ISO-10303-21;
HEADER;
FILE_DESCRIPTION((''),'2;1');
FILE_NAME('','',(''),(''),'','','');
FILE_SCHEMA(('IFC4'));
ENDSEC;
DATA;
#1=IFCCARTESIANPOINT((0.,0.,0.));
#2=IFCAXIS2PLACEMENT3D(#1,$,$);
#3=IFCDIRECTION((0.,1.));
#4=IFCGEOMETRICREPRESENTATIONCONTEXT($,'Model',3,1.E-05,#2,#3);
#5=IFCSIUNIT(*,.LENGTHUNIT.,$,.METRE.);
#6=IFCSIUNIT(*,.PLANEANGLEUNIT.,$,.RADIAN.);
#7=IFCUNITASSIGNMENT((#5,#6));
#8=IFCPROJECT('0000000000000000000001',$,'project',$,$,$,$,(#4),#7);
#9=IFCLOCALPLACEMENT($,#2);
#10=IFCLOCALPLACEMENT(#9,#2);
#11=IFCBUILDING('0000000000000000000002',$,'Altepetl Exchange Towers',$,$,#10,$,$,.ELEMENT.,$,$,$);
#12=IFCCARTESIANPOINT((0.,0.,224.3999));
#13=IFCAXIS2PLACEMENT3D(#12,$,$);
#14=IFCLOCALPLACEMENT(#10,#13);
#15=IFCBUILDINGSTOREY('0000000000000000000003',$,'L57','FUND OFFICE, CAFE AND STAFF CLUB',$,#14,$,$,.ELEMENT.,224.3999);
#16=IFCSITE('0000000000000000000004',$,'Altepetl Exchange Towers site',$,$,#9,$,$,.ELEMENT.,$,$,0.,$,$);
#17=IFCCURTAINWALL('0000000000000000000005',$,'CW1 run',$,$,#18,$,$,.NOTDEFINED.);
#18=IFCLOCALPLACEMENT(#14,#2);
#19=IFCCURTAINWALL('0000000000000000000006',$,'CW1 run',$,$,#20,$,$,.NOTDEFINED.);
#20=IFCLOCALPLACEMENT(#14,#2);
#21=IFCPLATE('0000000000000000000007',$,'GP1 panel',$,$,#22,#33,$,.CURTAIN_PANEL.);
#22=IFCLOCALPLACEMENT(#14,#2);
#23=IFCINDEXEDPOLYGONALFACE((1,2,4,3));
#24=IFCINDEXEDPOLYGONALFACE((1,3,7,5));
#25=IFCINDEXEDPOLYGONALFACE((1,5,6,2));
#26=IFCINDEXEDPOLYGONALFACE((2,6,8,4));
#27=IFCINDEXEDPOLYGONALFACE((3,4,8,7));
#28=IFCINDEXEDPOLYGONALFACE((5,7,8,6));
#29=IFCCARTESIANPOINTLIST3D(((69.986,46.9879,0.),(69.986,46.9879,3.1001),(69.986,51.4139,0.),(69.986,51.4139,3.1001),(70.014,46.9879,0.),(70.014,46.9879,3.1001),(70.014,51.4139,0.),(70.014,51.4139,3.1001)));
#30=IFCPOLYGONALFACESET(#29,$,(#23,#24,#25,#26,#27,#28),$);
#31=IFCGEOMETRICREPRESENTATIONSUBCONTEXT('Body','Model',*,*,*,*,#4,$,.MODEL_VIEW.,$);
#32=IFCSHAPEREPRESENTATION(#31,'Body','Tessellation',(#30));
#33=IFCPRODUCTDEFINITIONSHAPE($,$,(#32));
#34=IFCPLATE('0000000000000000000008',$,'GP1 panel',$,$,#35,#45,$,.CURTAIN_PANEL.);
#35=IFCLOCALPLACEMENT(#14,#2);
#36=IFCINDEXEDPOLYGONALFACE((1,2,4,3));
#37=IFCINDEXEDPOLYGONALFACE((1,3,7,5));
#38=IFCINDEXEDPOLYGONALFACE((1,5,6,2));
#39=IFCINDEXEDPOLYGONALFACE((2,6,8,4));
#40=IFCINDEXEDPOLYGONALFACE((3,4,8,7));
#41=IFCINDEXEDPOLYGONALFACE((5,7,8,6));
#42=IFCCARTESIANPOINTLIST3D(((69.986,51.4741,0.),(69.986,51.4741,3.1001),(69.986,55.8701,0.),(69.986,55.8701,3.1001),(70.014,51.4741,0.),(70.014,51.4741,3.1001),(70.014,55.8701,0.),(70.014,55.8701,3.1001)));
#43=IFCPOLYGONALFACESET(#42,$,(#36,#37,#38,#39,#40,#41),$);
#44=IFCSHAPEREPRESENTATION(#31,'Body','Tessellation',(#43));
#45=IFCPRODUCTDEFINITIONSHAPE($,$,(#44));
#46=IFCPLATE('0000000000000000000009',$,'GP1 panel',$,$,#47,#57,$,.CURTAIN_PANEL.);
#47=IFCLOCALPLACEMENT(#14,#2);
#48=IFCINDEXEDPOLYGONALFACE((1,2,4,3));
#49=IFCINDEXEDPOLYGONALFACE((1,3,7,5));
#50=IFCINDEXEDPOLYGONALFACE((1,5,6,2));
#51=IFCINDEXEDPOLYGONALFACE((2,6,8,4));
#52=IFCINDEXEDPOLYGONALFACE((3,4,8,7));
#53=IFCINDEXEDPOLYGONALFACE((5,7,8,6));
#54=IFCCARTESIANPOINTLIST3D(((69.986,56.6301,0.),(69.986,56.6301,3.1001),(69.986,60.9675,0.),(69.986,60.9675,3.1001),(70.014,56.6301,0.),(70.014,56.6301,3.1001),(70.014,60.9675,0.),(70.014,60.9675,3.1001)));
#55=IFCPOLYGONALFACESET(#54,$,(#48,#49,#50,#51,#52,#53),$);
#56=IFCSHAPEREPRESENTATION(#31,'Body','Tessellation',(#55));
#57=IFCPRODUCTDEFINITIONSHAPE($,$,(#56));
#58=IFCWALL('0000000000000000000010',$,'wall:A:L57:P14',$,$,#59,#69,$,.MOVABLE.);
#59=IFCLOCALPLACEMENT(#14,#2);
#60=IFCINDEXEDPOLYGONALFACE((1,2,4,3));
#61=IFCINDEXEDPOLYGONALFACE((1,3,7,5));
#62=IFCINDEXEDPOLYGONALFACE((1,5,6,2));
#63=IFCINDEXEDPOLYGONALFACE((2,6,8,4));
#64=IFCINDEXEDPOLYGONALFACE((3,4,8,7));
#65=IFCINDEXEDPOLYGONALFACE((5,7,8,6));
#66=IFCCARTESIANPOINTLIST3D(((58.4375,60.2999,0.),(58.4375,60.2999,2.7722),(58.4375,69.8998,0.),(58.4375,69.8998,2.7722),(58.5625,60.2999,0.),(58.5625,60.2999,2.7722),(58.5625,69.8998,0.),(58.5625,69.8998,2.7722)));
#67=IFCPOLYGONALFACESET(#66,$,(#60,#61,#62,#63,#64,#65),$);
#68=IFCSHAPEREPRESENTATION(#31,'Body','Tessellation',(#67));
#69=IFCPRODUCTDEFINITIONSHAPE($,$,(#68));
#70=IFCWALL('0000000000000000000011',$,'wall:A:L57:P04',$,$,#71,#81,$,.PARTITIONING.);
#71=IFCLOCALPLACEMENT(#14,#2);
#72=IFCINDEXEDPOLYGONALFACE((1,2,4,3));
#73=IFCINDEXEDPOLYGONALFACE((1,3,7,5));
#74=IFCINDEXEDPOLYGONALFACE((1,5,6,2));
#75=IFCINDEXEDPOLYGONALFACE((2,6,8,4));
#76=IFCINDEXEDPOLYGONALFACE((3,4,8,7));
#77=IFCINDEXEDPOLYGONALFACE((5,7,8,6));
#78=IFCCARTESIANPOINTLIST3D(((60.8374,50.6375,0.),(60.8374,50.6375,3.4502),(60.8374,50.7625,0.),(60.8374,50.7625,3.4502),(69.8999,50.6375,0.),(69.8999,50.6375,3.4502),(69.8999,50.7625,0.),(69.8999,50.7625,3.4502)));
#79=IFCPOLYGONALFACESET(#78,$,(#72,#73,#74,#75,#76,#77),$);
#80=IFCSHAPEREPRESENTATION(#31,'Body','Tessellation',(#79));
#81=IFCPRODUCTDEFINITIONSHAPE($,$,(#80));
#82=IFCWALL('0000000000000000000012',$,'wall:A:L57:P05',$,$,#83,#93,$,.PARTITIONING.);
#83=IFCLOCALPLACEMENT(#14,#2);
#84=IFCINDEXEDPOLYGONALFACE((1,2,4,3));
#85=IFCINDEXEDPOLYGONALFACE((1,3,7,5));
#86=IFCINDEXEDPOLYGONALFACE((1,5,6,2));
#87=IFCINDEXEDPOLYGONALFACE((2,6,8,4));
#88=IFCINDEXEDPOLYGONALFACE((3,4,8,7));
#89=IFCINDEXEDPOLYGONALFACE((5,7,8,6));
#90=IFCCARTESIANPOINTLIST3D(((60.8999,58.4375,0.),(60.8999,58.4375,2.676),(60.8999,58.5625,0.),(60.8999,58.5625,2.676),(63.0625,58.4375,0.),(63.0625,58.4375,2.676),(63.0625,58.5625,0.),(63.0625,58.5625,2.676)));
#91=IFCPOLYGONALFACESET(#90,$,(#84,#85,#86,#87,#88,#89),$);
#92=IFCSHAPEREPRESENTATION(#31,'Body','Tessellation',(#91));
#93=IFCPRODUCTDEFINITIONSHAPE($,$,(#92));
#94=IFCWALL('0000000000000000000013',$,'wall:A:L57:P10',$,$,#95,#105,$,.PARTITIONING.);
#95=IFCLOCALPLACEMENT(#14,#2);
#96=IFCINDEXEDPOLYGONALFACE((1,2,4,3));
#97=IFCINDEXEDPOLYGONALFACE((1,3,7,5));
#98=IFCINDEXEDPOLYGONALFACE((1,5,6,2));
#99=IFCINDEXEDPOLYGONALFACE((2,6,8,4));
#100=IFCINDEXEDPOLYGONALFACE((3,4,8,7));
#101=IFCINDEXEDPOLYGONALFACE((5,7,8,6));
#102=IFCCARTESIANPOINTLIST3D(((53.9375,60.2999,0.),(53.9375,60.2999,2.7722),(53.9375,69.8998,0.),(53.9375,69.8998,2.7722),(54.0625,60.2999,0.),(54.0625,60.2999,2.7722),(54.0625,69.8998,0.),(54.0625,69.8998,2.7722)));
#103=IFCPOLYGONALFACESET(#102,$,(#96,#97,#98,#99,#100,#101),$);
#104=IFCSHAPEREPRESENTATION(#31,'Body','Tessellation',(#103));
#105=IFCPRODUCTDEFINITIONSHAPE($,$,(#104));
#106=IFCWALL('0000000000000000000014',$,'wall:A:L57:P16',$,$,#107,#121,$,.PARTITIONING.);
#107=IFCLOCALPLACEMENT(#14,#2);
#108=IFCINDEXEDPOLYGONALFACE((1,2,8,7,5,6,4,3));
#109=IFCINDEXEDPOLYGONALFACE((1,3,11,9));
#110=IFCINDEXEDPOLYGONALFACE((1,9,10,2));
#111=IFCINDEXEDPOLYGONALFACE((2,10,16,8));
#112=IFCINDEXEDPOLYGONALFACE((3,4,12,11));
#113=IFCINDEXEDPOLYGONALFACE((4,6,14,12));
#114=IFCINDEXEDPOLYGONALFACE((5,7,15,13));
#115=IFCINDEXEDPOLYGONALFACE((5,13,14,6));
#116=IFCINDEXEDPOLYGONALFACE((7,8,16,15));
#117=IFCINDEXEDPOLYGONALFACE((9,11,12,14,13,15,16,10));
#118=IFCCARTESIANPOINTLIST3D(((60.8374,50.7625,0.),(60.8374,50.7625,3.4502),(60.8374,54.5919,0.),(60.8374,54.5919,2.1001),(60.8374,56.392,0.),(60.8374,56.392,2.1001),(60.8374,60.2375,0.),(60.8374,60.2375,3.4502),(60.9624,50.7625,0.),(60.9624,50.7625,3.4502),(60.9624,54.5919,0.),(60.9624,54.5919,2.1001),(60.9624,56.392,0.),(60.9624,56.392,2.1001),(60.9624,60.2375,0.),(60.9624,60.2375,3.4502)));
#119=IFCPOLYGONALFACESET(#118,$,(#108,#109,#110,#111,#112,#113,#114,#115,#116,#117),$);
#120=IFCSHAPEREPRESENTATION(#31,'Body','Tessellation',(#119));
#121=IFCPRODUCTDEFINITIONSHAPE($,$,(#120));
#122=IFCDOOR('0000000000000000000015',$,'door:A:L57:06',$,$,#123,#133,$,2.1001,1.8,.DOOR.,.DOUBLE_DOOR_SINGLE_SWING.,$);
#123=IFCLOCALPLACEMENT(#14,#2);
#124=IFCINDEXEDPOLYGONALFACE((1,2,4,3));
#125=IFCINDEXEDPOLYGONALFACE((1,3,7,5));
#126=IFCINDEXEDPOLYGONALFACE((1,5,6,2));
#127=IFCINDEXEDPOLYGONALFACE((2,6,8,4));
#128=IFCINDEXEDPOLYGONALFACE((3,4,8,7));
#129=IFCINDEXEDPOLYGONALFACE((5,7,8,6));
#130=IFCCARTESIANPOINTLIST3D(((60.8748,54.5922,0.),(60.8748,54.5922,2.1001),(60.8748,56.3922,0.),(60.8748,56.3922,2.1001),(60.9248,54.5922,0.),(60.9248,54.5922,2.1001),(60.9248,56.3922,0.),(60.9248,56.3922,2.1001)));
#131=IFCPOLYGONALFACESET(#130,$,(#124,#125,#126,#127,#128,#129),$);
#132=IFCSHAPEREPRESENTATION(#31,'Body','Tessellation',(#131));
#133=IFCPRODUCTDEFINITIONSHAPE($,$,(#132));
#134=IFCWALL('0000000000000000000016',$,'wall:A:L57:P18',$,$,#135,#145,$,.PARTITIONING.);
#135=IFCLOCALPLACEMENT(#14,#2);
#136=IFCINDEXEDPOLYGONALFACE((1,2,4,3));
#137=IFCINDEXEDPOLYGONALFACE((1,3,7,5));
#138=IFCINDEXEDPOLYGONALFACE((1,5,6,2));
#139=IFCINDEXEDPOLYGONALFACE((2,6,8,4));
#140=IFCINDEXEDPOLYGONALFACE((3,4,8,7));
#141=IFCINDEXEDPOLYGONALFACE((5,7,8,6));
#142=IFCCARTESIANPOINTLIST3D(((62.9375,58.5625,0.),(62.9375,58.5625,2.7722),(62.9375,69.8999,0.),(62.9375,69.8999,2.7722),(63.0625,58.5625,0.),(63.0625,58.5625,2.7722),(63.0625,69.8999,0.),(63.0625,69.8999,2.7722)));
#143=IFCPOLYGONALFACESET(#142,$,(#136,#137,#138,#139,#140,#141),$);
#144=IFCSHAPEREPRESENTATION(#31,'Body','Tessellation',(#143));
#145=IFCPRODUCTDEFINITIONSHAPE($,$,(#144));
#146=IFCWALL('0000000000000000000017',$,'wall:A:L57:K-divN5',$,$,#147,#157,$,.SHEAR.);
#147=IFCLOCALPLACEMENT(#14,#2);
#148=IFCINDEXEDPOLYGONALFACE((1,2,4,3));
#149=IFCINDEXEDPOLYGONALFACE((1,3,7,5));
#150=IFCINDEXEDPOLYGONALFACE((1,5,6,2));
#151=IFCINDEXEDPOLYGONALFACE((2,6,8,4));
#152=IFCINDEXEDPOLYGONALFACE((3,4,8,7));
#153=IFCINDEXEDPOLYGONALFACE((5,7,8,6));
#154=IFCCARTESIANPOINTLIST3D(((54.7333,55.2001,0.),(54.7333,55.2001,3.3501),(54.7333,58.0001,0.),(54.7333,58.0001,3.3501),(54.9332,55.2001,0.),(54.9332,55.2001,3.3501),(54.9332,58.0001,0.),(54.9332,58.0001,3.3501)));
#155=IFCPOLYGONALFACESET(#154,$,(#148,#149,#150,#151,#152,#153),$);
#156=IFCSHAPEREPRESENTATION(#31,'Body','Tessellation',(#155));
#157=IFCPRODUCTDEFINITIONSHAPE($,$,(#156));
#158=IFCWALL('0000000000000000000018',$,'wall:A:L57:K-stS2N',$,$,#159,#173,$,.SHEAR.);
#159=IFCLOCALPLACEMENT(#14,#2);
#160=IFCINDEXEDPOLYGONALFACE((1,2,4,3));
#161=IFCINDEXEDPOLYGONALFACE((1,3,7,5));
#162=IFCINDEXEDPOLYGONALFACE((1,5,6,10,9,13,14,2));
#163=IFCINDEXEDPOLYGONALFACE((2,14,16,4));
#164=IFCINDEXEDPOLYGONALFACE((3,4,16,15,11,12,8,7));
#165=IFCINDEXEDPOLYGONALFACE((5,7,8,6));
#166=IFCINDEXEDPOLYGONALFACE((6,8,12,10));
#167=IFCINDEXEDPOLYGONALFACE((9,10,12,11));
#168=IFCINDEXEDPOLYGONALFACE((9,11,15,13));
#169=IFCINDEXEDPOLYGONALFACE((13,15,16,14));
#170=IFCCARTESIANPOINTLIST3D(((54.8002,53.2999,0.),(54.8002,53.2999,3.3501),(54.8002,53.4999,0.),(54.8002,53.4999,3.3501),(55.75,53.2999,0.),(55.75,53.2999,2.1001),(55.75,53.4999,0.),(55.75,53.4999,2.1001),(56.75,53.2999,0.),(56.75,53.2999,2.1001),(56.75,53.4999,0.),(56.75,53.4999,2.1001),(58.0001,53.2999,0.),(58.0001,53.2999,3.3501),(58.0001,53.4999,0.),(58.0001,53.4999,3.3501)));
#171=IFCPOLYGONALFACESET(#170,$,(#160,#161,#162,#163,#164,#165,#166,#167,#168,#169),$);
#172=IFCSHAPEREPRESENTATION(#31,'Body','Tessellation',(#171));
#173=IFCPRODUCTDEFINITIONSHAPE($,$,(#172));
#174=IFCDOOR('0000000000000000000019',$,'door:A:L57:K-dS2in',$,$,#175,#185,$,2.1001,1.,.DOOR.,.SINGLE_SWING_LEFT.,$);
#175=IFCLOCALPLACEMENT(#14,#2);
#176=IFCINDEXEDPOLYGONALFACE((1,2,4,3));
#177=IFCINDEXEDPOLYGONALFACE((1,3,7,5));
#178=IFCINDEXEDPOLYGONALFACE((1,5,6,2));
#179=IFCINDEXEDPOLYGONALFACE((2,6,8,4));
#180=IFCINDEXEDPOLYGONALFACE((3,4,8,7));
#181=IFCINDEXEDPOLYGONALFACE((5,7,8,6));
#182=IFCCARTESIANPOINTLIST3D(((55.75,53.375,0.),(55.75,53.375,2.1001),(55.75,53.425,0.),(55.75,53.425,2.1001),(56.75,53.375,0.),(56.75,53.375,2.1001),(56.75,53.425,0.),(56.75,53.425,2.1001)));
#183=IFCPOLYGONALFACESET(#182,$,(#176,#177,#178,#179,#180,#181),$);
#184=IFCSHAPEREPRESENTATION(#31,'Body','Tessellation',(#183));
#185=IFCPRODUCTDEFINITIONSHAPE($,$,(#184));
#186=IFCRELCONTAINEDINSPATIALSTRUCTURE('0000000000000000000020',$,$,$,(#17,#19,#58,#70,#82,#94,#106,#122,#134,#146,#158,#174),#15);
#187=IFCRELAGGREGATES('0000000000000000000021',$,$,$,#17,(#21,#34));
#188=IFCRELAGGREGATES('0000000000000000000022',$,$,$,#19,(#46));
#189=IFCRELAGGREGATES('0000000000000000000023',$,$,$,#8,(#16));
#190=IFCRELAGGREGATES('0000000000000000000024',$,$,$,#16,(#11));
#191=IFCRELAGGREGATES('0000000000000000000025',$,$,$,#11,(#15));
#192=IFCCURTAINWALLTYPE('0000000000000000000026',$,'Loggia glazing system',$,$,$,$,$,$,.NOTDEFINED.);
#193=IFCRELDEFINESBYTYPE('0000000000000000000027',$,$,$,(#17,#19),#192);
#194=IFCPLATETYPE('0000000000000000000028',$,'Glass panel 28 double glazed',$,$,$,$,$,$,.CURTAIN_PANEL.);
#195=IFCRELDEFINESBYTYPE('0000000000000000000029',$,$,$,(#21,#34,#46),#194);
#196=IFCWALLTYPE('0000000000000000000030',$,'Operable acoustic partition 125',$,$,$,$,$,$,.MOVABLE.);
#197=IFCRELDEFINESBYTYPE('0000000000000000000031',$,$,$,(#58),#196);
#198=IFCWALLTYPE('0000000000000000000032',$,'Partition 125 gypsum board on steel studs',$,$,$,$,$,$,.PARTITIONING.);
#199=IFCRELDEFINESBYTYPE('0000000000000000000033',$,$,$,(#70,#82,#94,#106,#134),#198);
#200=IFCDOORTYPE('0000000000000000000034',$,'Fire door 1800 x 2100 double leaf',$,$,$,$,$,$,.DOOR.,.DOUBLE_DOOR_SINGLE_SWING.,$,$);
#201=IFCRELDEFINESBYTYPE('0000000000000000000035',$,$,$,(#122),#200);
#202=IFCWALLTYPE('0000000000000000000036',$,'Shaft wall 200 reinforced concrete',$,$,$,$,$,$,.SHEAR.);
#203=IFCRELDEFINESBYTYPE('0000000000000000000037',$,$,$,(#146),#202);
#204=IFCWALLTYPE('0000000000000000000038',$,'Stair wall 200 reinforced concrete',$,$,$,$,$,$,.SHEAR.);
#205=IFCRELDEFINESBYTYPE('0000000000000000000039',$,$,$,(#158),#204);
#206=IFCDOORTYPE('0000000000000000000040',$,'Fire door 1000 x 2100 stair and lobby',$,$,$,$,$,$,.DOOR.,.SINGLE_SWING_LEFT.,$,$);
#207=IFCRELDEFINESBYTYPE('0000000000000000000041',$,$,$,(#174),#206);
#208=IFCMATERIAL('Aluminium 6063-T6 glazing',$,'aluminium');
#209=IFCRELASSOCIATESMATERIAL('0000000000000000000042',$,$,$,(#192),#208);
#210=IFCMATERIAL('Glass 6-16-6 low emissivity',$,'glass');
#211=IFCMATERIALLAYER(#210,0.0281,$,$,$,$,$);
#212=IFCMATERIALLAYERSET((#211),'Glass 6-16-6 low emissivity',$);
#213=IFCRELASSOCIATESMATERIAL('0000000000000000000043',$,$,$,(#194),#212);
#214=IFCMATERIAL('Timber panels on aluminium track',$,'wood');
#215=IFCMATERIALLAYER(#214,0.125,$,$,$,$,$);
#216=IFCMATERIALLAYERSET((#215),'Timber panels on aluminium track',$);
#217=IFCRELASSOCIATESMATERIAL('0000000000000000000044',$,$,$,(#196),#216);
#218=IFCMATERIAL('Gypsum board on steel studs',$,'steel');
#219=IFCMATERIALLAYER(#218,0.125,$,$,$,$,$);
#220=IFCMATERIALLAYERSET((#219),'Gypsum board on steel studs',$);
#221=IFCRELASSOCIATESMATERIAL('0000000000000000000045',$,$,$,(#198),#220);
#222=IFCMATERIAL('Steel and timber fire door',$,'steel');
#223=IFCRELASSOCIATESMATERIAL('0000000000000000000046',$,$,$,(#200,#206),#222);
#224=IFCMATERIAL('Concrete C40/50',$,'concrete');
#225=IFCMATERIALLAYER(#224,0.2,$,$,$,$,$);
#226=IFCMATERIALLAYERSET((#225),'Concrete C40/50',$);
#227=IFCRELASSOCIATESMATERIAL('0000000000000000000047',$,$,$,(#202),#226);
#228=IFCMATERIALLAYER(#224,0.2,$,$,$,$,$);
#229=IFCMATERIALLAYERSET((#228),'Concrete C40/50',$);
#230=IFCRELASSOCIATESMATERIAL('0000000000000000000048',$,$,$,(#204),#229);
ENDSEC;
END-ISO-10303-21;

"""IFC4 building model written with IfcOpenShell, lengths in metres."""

from ifc_helpers import new_model, si_unit, direction, frame, frame_2d, origin, origin_2d, place, context, subcontext, project, spatial, rectangle, extrude, material, layer, layer_set, type_object, element, fill, aggregate, save


model = new_model("IFC4")

# Units and contexts
model_context = context("Model", 3, precision=1e-05, world=origin(), true_north=direction((0.0, 1.0)))
body_context = subcontext(model_context, "Body", "Model", "MODEL_VIEW")
ifc_project = project(units=[si_unit("LENGTHUNIT", "METRE"), si_unit("PLANEANGLEUNIT", "RADIAN")], contexts=[model_context])

# Site, building, storey
site_placement = place(None, origin())
site = spatial("IfcSite", under=ifc_project, at=site_placement, Name="Altepetl Exchange Towers site", CompositionType="ELEMENT", RefElevation=0.0)
building_placement = place(site_placement, origin())
building = spatial("IfcBuilding", under=site, at=building_placement, Name="Altepetl Exchange Towers", CompositionType="ELEMENT")
storey_placement = place(building_placement, frame((0.0, 0.0, 224.3999)))
storey = spatial("IfcBuildingStorey", under=building, at=storey_placement, Name="L57", Description="FUND OFFICE, CAFE AND STAFF CLUB", CompositionType="ELEMENT", Elevation=224.3999)

# Curtain wall
ifc_material_1 = material(Name="Aluminium 6063-T6 glazing", Category="aluminium")
curtain_wall_type = type_object("IfcCurtainWallType", Name="Loggia glazing system", PredefinedType="NOTDEFINED", material=ifc_material_1)
curtain_wall_1_placement = place(storey_placement, origin())
curtain_wall_1 = element("IfcCurtainWall", 1, at=curtain_wall_1_placement, inside=storey, type_object=curtain_wall_type, Name="CW1 run", PredefinedType="NOTDEFINED")

# Curtain wall
curtain_wall_2_placement = place(storey_placement, origin())
curtain_wall_2 = element("IfcCurtainWall", 2, at=curtain_wall_2_placement, inside=storey, type_object=curtain_wall_type, Name="CW1 run", PredefinedType="NOTDEFINED")

# Plates
ifc_material_2 = material(Name="Glass 6-16-6 low emissivity", Category="glass")
ifc_layer_1 = layer(ifc_material_2, 0.0281)
ifc_layer_set_1 = layer_set([ifc_layer_1], Name="Glass 6-16-6 low emissivity")
plate_type = type_object("IfcPlateType", Name="Glass panel 28 double glazed", PredefinedType="CURTAIN_PANEL", material=ifc_layer_set_1)
plate_1_placement = place(storey_placement, frame((70.0, 49.2009, 0.0), z_axis=(0.0, 0.0, 1.0), x_axis=(0.0, 1.0, 0.0)))
plate_1 = element("IfcPlate", 3, at=plate_1_placement, type_object=plate_type, Name="GP1 panel", PredefinedType="CURTAIN_PANEL", context=body_context, shape_type="SweptSolid", body=[
    extrude(rectangle(XDim=4.426, YDim=0.0281, at=origin_2d()), origin(), (0.0, 0.0, 1.0), 3.1001),
])
plate_2_placement = place(storey_placement, frame((70.0, 53.6721, 0.0), z_axis=(0.0, 0.0, 1.0), x_axis=(0.0, 1.0, 0.0)))
plate_2 = element("IfcPlate", 4, at=plate_2_placement, type_object=plate_type, Name="GP1 panel", PredefinedType="CURTAIN_PANEL", context=body_context, shape_type="SweptSolid", body=[
    extrude(rectangle(XDim=4.396, YDim=0.0281, at=origin_2d()), origin(), (0.0, 0.0, 1.0), 3.1001),
])
aggregate(curtain_wall_1, [plate_1, plate_2])
plate_3_placement = place(storey_placement, frame((70.0, 58.7988, 0.0), z_axis=(0.0, 0.0, 1.0), x_axis=(0.0, 1.0, 0.0)))
plate_3 = element("IfcPlate", 5, at=plate_3_placement, type_object=plate_type, Name="GP1 panel", PredefinedType="CURTAIN_PANEL", context=body_context, shape_type="SweptSolid", body=[
    extrude(rectangle(XDim=4.3374, YDim=0.0281, at=origin_2d()), origin(), (0.0, 0.0, 1.0), 3.1001),
])
aggregate(curtain_wall_2, [plate_3])

# Walls
ifc_material_3 = material(Name="Timber panels on aluminium track", Category="wood")
ifc_layer_2 = layer(ifc_material_3, 0.125)
ifc_layer_set_2 = layer_set([ifc_layer_2], Name="Timber panels on aluminium track")
wall_type_1 = type_object("IfcWallType", Name="Operable acoustic partition 125", PredefinedType="MOVABLE", material=ifc_layer_set_2)
wall_1_placement = place(storey_placement, frame((58.5, 60.3, 0.0), z_axis=(0.0, 0.0, 1.0), x_axis=(0.0, 1.0, 0.0)))
element("IfcWall", 6, at=wall_1_placement, inside=storey, type_object=wall_type_1, Name="wall:A:L57:P14", PredefinedType="MOVABLE", context=body_context, shape_type="SweptSolid", body=[
    extrude(rectangle(XDim=9.5999, YDim=0.125, at=frame_2d((4.7998, 0.0))), origin(), (0.0, 0.0, 1.0), 2.7722),
])
ifc_material_4 = material(Name="Gypsum board on steel studs", Category="steel")
ifc_layer_3 = layer(ifc_material_4, 0.125)
ifc_layer_set_3 = layer_set([ifc_layer_3], Name="Gypsum board on steel studs")
wall_type_2 = type_object("IfcWallType", Name="Partition 125 gypsum board on steel studs", PredefinedType="PARTITIONING", material=ifc_layer_set_3)
wall_2_placement = place(storey_placement, frame((60.8374, 50.7, 0.0)))
element("IfcWall", 7, at=wall_2_placement, inside=storey, type_object=wall_type_2, Name="wall:A:L57:P04", PredefinedType="PARTITIONING", context=body_context, shape_type="SweptSolid", body=[
    extrude(rectangle(XDim=9.0625, YDim=0.125, at=frame_2d((4.5312, 0.0))), origin(), (0.0, 0.0, 1.0), 3.4502),
])
wall_3_placement = place(storey_placement, frame((60.8999, 58.5, 0.0)))
element("IfcWall", 8, at=wall_3_placement, inside=storey, type_object=wall_type_2, Name="wall:A:L57:P05", PredefinedType="PARTITIONING", context=body_context, shape_type="SweptSolid", body=[
    extrude(rectangle(XDim=2.1626, YDim=0.125, at=frame_2d((1.0813, 0.0))), origin(), (0.0, 0.0, 1.0), 2.676),
])
wall_4_placement = place(storey_placement, frame((54.0, 60.3, 0.0), z_axis=(0.0, 0.0, 1.0), x_axis=(0.0, 1.0, 0.0)))
element("IfcWall", 9, at=wall_4_placement, inside=storey, type_object=wall_type_2, Name="wall:A:L57:P10", PredefinedType="PARTITIONING", context=body_context, shape_type="SweptSolid", body=[
    extrude(rectangle(XDim=9.5999, YDim=0.125, at=frame_2d((4.7998, 0.0))), origin(), (0.0, 0.0, 1.0), 2.7722),
])

# Wall, opening, door
wall_5_placement = place(storey_placement, frame((60.8999, 50.7625, 0.0), z_axis=(0.0, 0.0, 1.0), x_axis=(0.0, 1.0, 0.0)))
wall_5 = element("IfcWall", 10, at=wall_5_placement, inside=storey, type_object=wall_type_2, Name="wall:A:L57:P16", PredefinedType="PARTITIONING", context=body_context, shape_type="SweptSolid", body=[
    extrude(rectangle(XDim=9.4751, YDim=0.125, at=frame_2d((4.7375, 0.0))), origin(), (0.0, 0.0, 1.0), 3.4502),
])
opening_1_placement = place(wall_5_placement, frame((3.8296, 0.0, 0.0)))
opening_1 = element("IfcOpeningElement", 11, at=opening_1_placement, cuts=wall_5, PredefinedType="OPENING", context=body_context, shape_type="SweptSolid", body=[
    extrude(rectangle(XDim=1.8, YDim=2.1001, at=frame_2d((0.8999, 1.05))), frame((0.0, 0.0725, 0.0), z_axis=(0.0, -1.0, 0.0), x_axis=(1.0, 0.0, 0.0)), (0.0, 0.0, 1.0), 0.145),
])
ifc_material_5 = material(Name="Steel and timber fire door", Category="steel")
door_type_1 = type_object("IfcDoorType", Name="Fire door 1800 x 2100 double leaf", OperationType="DOUBLE_DOOR_SINGLE_SWING", PredefinedType="DOOR", material=ifc_material_5)
door_1_placement = place(opening_1_placement, frame((1.8, 0.0, 0.0), x_axis=(-1.0, 0.0, 0.0)))
door_1 = element("IfcDoor", 12, at=door_1_placement, inside=storey, type_object=door_type_1, Name="door:A:L57:06", OperationType="DOUBLE_DOOR_SINGLE_SWING", OverallHeight=2.1001, OverallWidth=1.8, PredefinedType="DOOR", context=body_context, shape_type="SweptSolid", body=[
    extrude(rectangle(XDim=1.8, YDim=2.1001, at=frame_2d((0.8999, 1.05))), frame((0.0, 0.0249, 0.0), z_axis=(0.0, -1.0, 0.0), x_axis=(1.0, 0.0, 0.0)), (0.0, 0.0, 1.0), 0.05),
])
fill(opening_1, door_1)

# Walls
wall_6_placement = place(storey_placement, frame((63.0, 58.5625, 0.0), z_axis=(0.0, 0.0, 1.0), x_axis=(0.0, 1.0, 0.0)))
element("IfcWall", 13, at=wall_6_placement, inside=storey, type_object=wall_type_2, Name="wall:A:L57:P18", PredefinedType="PARTITIONING", context=body_context, shape_type="SweptSolid", body=[
    extrude(rectangle(XDim=11.3374, YDim=0.125, at=frame_2d((5.6687, 0.0))), origin(), (0.0, 0.0, 1.0), 2.7722),
])
ifc_material_6 = material(Name="Concrete C40/50", Category="concrete")
ifc_layer_4 = layer(ifc_material_6, 0.2)
ifc_layer_set_4 = layer_set([ifc_layer_4], Name="Concrete C40/50")
wall_type_3 = type_object("IfcWallType", Name="Shaft wall 200 reinforced concrete", PredefinedType="SHEAR", material=ifc_layer_set_4)
wall_7_placement = place(storey_placement, frame((54.8333, 58.0, 0.0), z_axis=(0.0, 0.0, 1.0), x_axis=(0.0, -1.0, 0.0)))
element("IfcWall", 14, at=wall_7_placement, inside=storey, type_object=wall_type_3, Name="wall:A:L57:K-divN5", PredefinedType="SHEAR", context=body_context, shape_type="SweptSolid", body=[
    extrude(rectangle(XDim=2.8, YDim=0.2, at=frame_2d((1.3999, 0.0))), origin(), (0.0, 0.0, 1.0), 3.3501),
])

# Wall, opening, door
ifc_layer_5 = layer(ifc_material_6, 0.2)
ifc_layer_set_5 = layer_set([ifc_layer_5], Name="Concrete C40/50")
wall_type_4 = type_object("IfcWallType", Name="Stair wall 200 reinforced concrete", PredefinedType="SHEAR", material=ifc_layer_set_5)
wall_8_placement = place(storey_placement, frame((54.8, 53.3999, 0.0)))
wall_8 = element("IfcWall", 15, at=wall_8_placement, inside=storey, type_object=wall_type_4, Name="wall:A:L57:K-stS2N", PredefinedType="SHEAR", context=body_context, shape_type="SweptSolid", body=[
    extrude(rectangle(XDim=3.2, YDim=0.2, at=frame_2d((1.6001, 0.0))), origin(), (0.0, 0.0, 1.0), 3.3501),
])
opening_2_placement = place(wall_8_placement, frame((0.95, 0.0, 0.0)))
opening_2 = element("IfcOpeningElement", 16, at=opening_2_placement, cuts=wall_8, PredefinedType="OPENING", context=body_context, shape_type="SweptSolid", body=[
    extrude(rectangle(XDim=1.0, YDim=2.1001, at=frame_2d((0.5, 1.05))), frame((0.0, 0.1099, 0.0), z_axis=(0.0, -1.0, 0.0), x_axis=(1.0, 0.0, 0.0)), (0.0, 0.0, 1.0), 0.22),
])
door_type_2 = type_object("IfcDoorType", Name="Fire door 1000 x 2100 stair and lobby", OperationType="SINGLE_SWING_LEFT", PredefinedType="DOOR", material=ifc_material_5)
door_2_placement = place(opening_2_placement, frame((1.0, 0.0, 0.0), x_axis=(-1.0, 0.0, 0.0)))
door_2 = element("IfcDoor", 17, at=door_2_placement, inside=storey, type_object=door_type_2, Name="door:A:L57:K-dS2in", OperationType="SINGLE_SWING_LEFT", OverallHeight=2.1001, OverallWidth=1.0, PredefinedType="DOOR", context=body_context, shape_type="SweptSolid", body=[
    extrude(rectangle(XDim=1.0, YDim=2.1001, at=frame_2d((0.5, 1.05))), frame((0.0, 0.0249, 0.0), z_axis=(0.0, -1.0, 0.0), x_axis=(1.0, 0.0, 0.0)), (0.0, 0.0, 1.0), 0.05),
])
fill(opening_2, door_2)

save(model, "model.ifc")
